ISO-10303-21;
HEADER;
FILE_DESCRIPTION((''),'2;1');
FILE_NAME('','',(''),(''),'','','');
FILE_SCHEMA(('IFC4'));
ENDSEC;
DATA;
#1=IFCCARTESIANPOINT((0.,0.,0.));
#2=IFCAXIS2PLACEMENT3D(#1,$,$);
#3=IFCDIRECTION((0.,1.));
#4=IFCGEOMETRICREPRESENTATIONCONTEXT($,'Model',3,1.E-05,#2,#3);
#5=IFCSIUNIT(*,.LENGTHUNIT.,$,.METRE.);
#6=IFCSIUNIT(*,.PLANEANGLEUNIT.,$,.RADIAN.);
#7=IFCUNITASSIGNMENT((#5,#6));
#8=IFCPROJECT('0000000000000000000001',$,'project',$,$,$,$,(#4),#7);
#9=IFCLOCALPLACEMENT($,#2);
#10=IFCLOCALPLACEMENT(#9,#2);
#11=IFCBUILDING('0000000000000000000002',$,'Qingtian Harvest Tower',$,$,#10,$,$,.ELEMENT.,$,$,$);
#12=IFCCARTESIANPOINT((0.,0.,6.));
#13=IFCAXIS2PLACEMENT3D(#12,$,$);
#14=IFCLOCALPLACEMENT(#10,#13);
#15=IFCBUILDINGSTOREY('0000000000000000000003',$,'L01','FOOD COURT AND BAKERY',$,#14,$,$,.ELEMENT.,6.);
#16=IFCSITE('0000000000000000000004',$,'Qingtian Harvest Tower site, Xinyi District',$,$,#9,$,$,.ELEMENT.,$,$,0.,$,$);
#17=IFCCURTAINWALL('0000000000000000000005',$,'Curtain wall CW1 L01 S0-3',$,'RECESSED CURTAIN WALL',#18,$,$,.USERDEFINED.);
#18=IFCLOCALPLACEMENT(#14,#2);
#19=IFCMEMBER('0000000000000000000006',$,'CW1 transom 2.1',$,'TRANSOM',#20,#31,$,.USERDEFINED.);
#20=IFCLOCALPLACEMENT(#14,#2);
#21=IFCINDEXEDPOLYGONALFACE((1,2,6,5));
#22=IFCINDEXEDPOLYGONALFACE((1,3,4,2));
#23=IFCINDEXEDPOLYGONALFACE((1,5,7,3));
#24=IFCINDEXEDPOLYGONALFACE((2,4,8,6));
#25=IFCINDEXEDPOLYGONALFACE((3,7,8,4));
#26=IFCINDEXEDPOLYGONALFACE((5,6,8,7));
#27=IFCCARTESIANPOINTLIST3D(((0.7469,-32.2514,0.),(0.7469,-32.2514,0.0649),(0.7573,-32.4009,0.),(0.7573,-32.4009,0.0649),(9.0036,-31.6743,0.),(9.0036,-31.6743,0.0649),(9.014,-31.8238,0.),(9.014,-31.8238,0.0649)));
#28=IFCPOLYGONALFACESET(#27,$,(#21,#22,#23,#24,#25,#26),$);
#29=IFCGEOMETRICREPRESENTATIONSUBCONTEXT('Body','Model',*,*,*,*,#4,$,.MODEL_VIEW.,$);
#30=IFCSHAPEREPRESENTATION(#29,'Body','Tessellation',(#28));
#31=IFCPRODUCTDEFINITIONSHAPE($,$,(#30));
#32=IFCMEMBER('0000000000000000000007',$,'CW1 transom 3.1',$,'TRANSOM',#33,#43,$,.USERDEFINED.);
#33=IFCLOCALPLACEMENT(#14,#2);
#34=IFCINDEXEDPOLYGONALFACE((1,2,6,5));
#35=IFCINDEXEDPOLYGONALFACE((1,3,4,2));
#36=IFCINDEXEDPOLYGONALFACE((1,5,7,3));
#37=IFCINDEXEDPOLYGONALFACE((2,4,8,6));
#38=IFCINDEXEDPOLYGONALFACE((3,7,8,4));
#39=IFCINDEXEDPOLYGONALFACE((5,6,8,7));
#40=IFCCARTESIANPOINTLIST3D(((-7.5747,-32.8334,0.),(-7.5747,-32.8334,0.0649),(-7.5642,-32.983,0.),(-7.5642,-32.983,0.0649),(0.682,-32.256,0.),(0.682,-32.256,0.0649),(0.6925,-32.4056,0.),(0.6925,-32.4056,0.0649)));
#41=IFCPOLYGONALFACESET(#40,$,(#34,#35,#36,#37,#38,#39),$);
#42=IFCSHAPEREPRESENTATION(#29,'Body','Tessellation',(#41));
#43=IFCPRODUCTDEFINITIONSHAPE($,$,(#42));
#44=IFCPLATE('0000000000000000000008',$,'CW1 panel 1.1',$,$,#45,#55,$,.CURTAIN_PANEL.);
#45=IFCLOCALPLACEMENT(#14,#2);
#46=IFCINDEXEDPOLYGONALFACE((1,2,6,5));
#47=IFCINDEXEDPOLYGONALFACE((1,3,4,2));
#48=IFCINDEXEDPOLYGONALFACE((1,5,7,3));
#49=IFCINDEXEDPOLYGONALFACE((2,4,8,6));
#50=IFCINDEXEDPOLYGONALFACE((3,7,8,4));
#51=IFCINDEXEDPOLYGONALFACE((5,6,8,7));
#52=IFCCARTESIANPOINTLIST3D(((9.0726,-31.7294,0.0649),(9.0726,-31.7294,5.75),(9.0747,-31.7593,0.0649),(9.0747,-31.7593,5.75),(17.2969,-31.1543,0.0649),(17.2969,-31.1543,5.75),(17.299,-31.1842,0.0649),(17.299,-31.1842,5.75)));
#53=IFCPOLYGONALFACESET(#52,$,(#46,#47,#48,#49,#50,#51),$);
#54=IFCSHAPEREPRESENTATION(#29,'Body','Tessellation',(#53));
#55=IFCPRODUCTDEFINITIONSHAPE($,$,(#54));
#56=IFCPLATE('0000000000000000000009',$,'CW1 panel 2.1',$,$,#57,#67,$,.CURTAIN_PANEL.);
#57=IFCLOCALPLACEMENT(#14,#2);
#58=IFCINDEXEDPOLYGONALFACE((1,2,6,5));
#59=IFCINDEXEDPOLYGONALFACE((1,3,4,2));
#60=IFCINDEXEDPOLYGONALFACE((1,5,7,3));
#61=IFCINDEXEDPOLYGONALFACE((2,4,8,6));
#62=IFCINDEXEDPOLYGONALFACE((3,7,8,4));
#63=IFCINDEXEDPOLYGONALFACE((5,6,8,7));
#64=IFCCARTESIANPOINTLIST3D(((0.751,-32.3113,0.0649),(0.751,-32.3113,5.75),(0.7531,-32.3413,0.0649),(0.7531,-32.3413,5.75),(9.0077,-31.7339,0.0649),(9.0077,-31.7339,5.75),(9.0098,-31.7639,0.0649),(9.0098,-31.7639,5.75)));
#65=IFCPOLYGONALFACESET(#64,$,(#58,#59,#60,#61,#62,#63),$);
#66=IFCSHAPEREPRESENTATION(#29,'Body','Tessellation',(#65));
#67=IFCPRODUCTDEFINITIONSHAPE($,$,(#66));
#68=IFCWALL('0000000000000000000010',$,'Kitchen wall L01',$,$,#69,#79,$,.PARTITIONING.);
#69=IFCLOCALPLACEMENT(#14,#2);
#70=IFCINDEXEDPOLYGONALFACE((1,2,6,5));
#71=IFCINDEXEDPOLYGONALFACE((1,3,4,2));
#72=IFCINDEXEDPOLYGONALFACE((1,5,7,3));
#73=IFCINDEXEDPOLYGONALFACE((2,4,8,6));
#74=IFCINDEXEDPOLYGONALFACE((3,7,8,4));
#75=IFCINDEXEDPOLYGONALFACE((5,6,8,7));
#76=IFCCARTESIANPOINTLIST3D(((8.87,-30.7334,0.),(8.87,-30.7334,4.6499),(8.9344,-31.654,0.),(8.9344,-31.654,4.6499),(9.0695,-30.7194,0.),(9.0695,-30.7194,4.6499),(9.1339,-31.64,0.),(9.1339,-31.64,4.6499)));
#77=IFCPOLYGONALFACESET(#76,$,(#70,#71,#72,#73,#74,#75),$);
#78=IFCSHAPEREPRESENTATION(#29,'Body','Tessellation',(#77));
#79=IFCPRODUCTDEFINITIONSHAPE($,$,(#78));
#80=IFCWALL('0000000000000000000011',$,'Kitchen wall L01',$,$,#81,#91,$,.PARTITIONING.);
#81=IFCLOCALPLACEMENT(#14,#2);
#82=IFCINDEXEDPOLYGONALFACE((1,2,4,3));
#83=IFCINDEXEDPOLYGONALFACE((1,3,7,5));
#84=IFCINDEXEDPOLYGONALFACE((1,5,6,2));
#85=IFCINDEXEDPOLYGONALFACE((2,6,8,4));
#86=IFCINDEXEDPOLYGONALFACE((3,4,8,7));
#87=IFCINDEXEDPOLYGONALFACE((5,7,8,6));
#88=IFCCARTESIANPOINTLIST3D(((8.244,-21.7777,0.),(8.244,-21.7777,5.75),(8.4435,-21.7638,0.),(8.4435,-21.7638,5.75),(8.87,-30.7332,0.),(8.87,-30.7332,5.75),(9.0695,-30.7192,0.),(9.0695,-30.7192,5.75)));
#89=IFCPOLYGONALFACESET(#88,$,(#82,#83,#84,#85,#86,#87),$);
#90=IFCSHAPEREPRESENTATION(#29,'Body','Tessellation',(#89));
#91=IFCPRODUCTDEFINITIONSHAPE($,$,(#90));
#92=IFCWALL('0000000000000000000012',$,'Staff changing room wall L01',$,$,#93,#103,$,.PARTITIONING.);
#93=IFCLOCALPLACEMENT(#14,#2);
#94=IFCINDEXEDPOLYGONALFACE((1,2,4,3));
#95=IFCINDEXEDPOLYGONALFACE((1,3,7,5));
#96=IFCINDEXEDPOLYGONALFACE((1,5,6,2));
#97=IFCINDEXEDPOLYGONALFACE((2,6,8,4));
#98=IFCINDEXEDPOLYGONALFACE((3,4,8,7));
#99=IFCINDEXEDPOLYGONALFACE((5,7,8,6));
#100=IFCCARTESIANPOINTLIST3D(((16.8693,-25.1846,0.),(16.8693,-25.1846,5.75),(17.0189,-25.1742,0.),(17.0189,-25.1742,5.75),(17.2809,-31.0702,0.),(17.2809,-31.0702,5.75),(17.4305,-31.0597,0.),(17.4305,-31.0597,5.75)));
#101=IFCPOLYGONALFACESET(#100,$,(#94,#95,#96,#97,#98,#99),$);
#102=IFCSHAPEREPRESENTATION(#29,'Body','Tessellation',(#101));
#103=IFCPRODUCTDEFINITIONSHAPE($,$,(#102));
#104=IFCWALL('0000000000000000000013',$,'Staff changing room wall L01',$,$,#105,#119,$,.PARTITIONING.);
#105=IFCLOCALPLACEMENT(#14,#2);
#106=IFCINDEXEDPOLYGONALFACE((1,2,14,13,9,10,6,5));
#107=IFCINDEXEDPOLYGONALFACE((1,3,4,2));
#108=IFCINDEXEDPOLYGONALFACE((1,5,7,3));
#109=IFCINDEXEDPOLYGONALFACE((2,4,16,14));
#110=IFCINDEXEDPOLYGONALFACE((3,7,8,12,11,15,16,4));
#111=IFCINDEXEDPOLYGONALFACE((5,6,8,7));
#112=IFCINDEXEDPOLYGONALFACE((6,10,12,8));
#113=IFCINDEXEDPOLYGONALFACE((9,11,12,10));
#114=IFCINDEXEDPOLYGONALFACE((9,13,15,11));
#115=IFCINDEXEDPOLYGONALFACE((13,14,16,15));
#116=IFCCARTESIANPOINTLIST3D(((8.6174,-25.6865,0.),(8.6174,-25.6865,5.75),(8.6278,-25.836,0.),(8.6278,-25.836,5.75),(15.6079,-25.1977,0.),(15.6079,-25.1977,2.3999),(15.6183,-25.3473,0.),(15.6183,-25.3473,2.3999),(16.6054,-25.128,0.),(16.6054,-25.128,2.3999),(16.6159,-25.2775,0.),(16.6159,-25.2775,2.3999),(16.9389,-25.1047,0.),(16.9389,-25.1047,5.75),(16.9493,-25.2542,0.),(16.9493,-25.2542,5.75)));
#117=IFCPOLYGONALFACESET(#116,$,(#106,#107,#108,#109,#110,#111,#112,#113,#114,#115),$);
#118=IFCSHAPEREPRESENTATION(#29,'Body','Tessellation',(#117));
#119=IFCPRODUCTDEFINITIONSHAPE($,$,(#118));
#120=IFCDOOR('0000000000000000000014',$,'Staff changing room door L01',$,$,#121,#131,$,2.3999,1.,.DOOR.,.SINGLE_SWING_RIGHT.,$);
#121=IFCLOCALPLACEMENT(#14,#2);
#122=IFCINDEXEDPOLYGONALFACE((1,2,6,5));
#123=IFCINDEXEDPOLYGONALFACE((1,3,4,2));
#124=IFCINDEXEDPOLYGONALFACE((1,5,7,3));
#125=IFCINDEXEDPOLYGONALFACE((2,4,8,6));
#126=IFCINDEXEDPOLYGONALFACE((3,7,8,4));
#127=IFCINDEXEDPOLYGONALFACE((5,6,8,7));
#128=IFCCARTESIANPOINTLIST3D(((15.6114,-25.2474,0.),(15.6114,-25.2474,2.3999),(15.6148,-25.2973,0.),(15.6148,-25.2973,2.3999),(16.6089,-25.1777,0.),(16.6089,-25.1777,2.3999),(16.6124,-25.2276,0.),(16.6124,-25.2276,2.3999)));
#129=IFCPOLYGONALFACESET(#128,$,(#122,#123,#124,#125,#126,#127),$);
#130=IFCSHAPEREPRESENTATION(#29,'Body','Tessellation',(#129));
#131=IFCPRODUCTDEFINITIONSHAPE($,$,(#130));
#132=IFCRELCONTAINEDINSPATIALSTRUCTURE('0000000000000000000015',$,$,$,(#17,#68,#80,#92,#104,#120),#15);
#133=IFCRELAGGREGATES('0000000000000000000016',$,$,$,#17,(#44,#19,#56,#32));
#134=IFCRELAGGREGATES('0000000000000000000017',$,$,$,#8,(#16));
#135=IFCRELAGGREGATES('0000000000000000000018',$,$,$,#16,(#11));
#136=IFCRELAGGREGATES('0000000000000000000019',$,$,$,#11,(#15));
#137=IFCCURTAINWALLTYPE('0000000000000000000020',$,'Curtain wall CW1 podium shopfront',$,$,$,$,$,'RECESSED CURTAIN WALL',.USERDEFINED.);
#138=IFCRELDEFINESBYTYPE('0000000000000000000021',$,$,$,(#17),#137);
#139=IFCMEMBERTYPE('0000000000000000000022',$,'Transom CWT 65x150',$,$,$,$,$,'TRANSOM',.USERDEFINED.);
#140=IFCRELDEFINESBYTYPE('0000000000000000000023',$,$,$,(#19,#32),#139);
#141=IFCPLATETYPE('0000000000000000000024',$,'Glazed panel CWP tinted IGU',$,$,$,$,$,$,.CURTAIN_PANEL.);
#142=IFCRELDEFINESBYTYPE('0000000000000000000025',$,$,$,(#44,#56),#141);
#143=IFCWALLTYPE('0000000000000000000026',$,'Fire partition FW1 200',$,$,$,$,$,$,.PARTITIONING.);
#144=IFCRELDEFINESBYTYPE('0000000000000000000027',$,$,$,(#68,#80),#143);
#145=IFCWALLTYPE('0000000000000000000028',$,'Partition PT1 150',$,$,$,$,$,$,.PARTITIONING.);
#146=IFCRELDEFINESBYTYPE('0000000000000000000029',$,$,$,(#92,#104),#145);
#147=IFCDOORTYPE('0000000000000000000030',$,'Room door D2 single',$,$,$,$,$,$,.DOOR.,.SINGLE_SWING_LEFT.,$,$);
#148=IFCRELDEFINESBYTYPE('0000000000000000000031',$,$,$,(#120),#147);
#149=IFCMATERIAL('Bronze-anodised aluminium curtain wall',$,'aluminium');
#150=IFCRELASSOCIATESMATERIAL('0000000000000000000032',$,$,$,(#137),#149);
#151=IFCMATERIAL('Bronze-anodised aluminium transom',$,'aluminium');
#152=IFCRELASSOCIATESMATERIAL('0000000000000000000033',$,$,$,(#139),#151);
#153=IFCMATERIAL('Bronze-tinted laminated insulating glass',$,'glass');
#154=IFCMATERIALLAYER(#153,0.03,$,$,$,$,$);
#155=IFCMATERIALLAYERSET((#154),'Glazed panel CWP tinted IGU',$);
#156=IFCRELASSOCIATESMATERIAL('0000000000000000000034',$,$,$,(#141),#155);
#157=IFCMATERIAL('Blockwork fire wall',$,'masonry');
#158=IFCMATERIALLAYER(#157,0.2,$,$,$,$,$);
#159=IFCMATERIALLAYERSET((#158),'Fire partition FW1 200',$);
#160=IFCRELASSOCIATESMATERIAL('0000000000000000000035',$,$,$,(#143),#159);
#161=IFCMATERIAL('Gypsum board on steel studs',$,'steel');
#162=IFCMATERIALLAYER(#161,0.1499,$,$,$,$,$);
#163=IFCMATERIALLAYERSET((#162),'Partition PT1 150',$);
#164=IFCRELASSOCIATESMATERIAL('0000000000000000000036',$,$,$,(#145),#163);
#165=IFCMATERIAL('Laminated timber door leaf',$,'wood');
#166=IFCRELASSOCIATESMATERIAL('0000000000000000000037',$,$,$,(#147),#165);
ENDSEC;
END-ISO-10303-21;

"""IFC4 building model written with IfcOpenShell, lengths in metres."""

from ifc_helpers import new_model, si_unit, direction, frame, frame_2d, origin, origin_2d, place, context, subcontext, project, spatial, rectangle, extrude, material, layer, layer_set, material_profile, profile_set, type_object, element, fill, aggregate, save


model = new_model("IFC4")

# Units and contexts
model_context = context("Model", 3, precision=1e-05, world=origin(), true_north=direction((0.0, 1.0)))
body_context = subcontext(model_context, "Body", "Model", "MODEL_VIEW")
ifc_project = project(units=[si_unit("LENGTHUNIT", "METRE"), si_unit("PLANEANGLEUNIT", "RADIAN")], contexts=[model_context])

# Site, building, storey
site_placement = place(None, origin())
site = spatial("IfcSite", under=ifc_project, at=site_placement, Name="Qingtian Harvest Tower site, Xinyi District", CompositionType="ELEMENT", RefElevation=0.0)
building_placement = place(site_placement, origin())
building = spatial("IfcBuilding", under=site, at=building_placement, Name="Qingtian Harvest Tower", CompositionType="ELEMENT")
storey_placement = place(building_placement, frame((0.0, 0.0, 6.0)))
storey = spatial("IfcBuildingStorey", under=building, at=storey_placement, Name="L01", Description="FOOD COURT AND BAKERY", CompositionType="ELEMENT", Elevation=6.0)

# Shared definitions
ifc_material_1 = material(Name="Bronze-anodised aluminium curtain wall", Category="aluminium")
curtain_wall_type = type_object("IfcCurtainWallType", Name="Curtain wall CW1 podium shopfront", ElementType="RECESSED CURTAIN WALL", PredefinedType="USERDEFINED", material=ifc_material_1)

# Curtain wall
curtain_wall_1_placement = place(storey_placement, origin())
curtain_wall_1 = element("IfcCurtainWall", 1, at=curtain_wall_1_placement, inside=storey, type_object=curtain_wall_type, Name="Curtain wall CW1 L01 S0-3", ObjectType="RECESSED CURTAIN WALL", PredefinedType="USERDEFINED")

# Members
ifc_material_2 = material(Name="Bronze-anodised aluminium transom", Category="aluminium")
ifc_material_profile_1 = material_profile(ifc_material_2, rectangle(XDim=0.1499, YDim=0.0649, at=origin_2d()), Name="AL 65x150")
ifc_profile_set_1 = profile_set([ifc_material_profile_1], Name="Bronze-anodised aluminium transom")
member_type_1 = type_object("IfcMemberType", Name="Transom CWT 65x150", ElementType="TRANSOM", PredefinedType="USERDEFINED", material=ifc_profile_set_1)
member_1_placement = place(storey_placement, frame((9.0088, -31.749, 0.0325), z_axis=(-0.997566, -0.069731, 0.0), x_axis=(0.069731, -0.997566, 0.0)))
member_1 = element("IfcMember", 2, at=member_1_placement, type_object=member_type_1, Name="CW1 transom 2.1", ObjectType="TRANSOM", PredefinedType="USERDEFINED", context=body_context, shape_type="SweptSolid", body=[
    extrude(rectangle(XDim=0.1499, YDim=0.0649, at=origin_2d()), origin(), (0.0, 0.0, 1.0), 8.2769),
])
member_2_placement = place(storey_placement, frame((0.6873, -32.3308, 0.0325), z_axis=(-0.997564, -0.069761, 0.0), x_axis=(0.069761, -0.997564, 0.0)))
member_2 = element("IfcMember", 3, at=member_2_placement, type_object=member_type_1, Name="CW1 transom 3.1", ObjectType="TRANSOM", PredefinedType="USERDEFINED", context=body_context, shape_type="SweptSolid", body=[
    extrude(rectangle(XDim=0.1499, YDim=0.0649, at=origin_2d()), origin(), (0.0, 0.0, 1.0), 8.2769),
])

# Plates
ifc_material_3 = material(Name="Bronze-tinted laminated insulating glass", Category="glass")
ifc_layer_1 = layer(ifc_material_3, 0.03)
ifc_layer_set_1 = layer_set([ifc_layer_1], Name="Glazed panel CWP tinted IGU")
plate_type = type_object("IfcPlateType", Name="Glazed panel CWP tinted IGU", PredefinedType="CURTAIN_PANEL", material=ifc_layer_set_1)
plate_1_placement = place(storey_placement, frame((13.1858, -31.4568, 0.0649), z_axis=(0.0, 0.0, 1.0), x_axis=(-0.997564, -0.069756, 0.0)))
plate_1 = element("IfcPlate", 4, at=plate_1_placement, type_object=plate_type, Name="CW1 panel 1.1", PredefinedType="CURTAIN_PANEL", context=body_context, shape_type="SweptSolid", body=[
    extrude(rectangle(XDim=8.2444, YDim=0.03, at=origin_2d()), origin(), (0.0, 0.0, 1.0), 5.6851),
])
plate_2_placement = place(storey_placement, frame((4.8804, -32.0376, 0.0649), z_axis=(0.0, 0.0, 1.0), x_axis=(-0.997564, -0.069756, 0.0)))
plate_2 = element("IfcPlate", 5, at=plate_2_placement, type_object=plate_type, Name="CW1 panel 2.1", PredefinedType="CURTAIN_PANEL", context=body_context, shape_type="SweptSolid", body=[
    extrude(rectangle(XDim=8.2769, YDim=0.03, at=origin_2d()), origin(), (0.0, 0.0, 1.0), 5.6851),
])
aggregate(curtain_wall_1, [plate_1, member_1, plate_2, member_2])

# Walls
ifc_material_4 = material(Name="Blockwork fire wall", Category="masonry")
ifc_layer_2 = layer(ifc_material_4, 0.2)
ifc_layer_set_2 = layer_set([ifc_layer_2], Name="Fire partition FW1 200")
wall_type_1 = type_object("IfcWallType", Name="Fire partition FW1 200", PredefinedType="PARTITIONING", material=ifc_layer_set_2)
wall_1_placement = place(storey_placement, frame((9.0342, -31.647, 0.0), z_axis=(0.0, 0.0, 1.0), x_axis=(-0.069837, 0.997558, 0.0)))
element("IfcWall", 6, at=wall_1_placement, inside=storey, type_object=wall_type_1, Name="Kitchen wall L01", PredefinedType="PARTITIONING", context=body_context, shape_type="SweptSolid", body=[
    extrude(rectangle(XDim=0.9229, YDim=0.2, at=frame_2d((0.4614, 0.0))), origin(), (0.0, 0.0, 1.0), 4.6499),
])
wall_2_placement = place(storey_placement, frame((8.9697, -30.7263, 0.0), z_axis=(0.0, 0.0, 1.0), x_axis=(-0.06973, 0.997566, 0.0)))
element("IfcWall", 7, at=wall_2_placement, inside=storey, type_object=wall_type_1, Name="Kitchen wall L01", PredefinedType="PARTITIONING", context=body_context, shape_type="SweptSolid", body=[
    extrude(rectangle(XDim=8.9773, YDim=0.2, at=frame_2d((4.4888, 0.0))), origin(), (0.0, 0.0, 1.0), 5.75),
])
ifc_material_5 = material(Name="Gypsum board on steel studs", Category="steel")
ifc_layer_3 = layer(ifc_material_5, 0.1499)
ifc_layer_set_3 = layer_set([ifc_layer_3], Name="Partition PT1 150")
wall_type_2 = type_object("IfcWallType", Name="Partition PT1 150", PredefinedType="PARTITIONING", material=ifc_layer_set_3)
wall_3_placement = place(storey_placement, frame((17.3557, -31.0649, 0.0), z_axis=(0.0, 0.0, 1.0), x_axis=(-0.069768, 0.997563, 0.0)))
element("IfcWall", 8, at=wall_3_placement, inside=storey, type_object=wall_type_2, Name="Staff changing room wall L01", PredefinedType="PARTITIONING", context=body_context, shape_type="SweptSolid", body=[
    extrude(rectangle(XDim=5.8999, YDim=0.1499, at=frame_2d((2.95, 0.0))), origin(), (0.0, 0.0, 1.0), 5.75),
])

# Wall, opening, door
wall_4_placement = place(storey_placement, frame((16.9441, -25.1794, 0.0), z_axis=(0.0, 0.0, 1.0), x_axis=(-0.997565, -0.069743, 0.0)))
wall_4 = element("IfcWall", 9, at=wall_4_placement, inside=storey, type_object=wall_type_2, Name="Staff changing room wall L01", PredefinedType="PARTITIONING", context=body_context, shape_type="SweptSolid", body=[
    extrude(rectangle(XDim=8.3418, YDim=0.1499, at=frame_2d((4.1709, 0.0))), origin(), (0.0, 0.0, 1.0), 5.75),
])
opening_placement = place(wall_4_placement, frame((0.3342, 0.0, 0.0)))
opening = element("IfcOpeningElement", 10, at=opening_placement, cuts=wall_4, PredefinedType="OPENING", context=body_context, shape_type="SweptSolid", body=[
    extrude(rectangle(XDim=1.0, YDim=2.3999, at=frame_2d((0.5, 1.2))), frame((0.0, 0.085, 0.0), z_axis=(0.0, -1.0, 0.0), x_axis=(1.0, 0.0, 0.0)), (0.0, 0.0, 1.0), 0.1699),
])
ifc_material_6 = material(Name="Laminated timber door leaf", Category="wood")
door_type = type_object("IfcDoorType", Name="Room door D2 single", OperationType="SINGLE_SWING_LEFT", PredefinedType="DOOR", material=ifc_material_6)
door_placement = place(opening_placement, origin())
door = element("IfcDoor", 11, at=door_placement, inside=storey, type_object=door_type, Name="Staff changing room door L01", OperationType="SINGLE_SWING_RIGHT", OverallHeight=2.3999, OverallWidth=1.0, PredefinedType="DOOR", context=body_context, shape_type="SweptSolid", body=[
    extrude(rectangle(XDim=1.0, YDim=2.3999, at=frame_2d((0.5, 1.2))), frame((0.0, 0.0249, 0.0), z_axis=(0.0, -1.0, 0.0), x_axis=(1.0, 0.0, 0.0)), (0.0, 0.0, 1.0), 0.05),
])
fill(opening, door)

save(model, "model.ifc")
